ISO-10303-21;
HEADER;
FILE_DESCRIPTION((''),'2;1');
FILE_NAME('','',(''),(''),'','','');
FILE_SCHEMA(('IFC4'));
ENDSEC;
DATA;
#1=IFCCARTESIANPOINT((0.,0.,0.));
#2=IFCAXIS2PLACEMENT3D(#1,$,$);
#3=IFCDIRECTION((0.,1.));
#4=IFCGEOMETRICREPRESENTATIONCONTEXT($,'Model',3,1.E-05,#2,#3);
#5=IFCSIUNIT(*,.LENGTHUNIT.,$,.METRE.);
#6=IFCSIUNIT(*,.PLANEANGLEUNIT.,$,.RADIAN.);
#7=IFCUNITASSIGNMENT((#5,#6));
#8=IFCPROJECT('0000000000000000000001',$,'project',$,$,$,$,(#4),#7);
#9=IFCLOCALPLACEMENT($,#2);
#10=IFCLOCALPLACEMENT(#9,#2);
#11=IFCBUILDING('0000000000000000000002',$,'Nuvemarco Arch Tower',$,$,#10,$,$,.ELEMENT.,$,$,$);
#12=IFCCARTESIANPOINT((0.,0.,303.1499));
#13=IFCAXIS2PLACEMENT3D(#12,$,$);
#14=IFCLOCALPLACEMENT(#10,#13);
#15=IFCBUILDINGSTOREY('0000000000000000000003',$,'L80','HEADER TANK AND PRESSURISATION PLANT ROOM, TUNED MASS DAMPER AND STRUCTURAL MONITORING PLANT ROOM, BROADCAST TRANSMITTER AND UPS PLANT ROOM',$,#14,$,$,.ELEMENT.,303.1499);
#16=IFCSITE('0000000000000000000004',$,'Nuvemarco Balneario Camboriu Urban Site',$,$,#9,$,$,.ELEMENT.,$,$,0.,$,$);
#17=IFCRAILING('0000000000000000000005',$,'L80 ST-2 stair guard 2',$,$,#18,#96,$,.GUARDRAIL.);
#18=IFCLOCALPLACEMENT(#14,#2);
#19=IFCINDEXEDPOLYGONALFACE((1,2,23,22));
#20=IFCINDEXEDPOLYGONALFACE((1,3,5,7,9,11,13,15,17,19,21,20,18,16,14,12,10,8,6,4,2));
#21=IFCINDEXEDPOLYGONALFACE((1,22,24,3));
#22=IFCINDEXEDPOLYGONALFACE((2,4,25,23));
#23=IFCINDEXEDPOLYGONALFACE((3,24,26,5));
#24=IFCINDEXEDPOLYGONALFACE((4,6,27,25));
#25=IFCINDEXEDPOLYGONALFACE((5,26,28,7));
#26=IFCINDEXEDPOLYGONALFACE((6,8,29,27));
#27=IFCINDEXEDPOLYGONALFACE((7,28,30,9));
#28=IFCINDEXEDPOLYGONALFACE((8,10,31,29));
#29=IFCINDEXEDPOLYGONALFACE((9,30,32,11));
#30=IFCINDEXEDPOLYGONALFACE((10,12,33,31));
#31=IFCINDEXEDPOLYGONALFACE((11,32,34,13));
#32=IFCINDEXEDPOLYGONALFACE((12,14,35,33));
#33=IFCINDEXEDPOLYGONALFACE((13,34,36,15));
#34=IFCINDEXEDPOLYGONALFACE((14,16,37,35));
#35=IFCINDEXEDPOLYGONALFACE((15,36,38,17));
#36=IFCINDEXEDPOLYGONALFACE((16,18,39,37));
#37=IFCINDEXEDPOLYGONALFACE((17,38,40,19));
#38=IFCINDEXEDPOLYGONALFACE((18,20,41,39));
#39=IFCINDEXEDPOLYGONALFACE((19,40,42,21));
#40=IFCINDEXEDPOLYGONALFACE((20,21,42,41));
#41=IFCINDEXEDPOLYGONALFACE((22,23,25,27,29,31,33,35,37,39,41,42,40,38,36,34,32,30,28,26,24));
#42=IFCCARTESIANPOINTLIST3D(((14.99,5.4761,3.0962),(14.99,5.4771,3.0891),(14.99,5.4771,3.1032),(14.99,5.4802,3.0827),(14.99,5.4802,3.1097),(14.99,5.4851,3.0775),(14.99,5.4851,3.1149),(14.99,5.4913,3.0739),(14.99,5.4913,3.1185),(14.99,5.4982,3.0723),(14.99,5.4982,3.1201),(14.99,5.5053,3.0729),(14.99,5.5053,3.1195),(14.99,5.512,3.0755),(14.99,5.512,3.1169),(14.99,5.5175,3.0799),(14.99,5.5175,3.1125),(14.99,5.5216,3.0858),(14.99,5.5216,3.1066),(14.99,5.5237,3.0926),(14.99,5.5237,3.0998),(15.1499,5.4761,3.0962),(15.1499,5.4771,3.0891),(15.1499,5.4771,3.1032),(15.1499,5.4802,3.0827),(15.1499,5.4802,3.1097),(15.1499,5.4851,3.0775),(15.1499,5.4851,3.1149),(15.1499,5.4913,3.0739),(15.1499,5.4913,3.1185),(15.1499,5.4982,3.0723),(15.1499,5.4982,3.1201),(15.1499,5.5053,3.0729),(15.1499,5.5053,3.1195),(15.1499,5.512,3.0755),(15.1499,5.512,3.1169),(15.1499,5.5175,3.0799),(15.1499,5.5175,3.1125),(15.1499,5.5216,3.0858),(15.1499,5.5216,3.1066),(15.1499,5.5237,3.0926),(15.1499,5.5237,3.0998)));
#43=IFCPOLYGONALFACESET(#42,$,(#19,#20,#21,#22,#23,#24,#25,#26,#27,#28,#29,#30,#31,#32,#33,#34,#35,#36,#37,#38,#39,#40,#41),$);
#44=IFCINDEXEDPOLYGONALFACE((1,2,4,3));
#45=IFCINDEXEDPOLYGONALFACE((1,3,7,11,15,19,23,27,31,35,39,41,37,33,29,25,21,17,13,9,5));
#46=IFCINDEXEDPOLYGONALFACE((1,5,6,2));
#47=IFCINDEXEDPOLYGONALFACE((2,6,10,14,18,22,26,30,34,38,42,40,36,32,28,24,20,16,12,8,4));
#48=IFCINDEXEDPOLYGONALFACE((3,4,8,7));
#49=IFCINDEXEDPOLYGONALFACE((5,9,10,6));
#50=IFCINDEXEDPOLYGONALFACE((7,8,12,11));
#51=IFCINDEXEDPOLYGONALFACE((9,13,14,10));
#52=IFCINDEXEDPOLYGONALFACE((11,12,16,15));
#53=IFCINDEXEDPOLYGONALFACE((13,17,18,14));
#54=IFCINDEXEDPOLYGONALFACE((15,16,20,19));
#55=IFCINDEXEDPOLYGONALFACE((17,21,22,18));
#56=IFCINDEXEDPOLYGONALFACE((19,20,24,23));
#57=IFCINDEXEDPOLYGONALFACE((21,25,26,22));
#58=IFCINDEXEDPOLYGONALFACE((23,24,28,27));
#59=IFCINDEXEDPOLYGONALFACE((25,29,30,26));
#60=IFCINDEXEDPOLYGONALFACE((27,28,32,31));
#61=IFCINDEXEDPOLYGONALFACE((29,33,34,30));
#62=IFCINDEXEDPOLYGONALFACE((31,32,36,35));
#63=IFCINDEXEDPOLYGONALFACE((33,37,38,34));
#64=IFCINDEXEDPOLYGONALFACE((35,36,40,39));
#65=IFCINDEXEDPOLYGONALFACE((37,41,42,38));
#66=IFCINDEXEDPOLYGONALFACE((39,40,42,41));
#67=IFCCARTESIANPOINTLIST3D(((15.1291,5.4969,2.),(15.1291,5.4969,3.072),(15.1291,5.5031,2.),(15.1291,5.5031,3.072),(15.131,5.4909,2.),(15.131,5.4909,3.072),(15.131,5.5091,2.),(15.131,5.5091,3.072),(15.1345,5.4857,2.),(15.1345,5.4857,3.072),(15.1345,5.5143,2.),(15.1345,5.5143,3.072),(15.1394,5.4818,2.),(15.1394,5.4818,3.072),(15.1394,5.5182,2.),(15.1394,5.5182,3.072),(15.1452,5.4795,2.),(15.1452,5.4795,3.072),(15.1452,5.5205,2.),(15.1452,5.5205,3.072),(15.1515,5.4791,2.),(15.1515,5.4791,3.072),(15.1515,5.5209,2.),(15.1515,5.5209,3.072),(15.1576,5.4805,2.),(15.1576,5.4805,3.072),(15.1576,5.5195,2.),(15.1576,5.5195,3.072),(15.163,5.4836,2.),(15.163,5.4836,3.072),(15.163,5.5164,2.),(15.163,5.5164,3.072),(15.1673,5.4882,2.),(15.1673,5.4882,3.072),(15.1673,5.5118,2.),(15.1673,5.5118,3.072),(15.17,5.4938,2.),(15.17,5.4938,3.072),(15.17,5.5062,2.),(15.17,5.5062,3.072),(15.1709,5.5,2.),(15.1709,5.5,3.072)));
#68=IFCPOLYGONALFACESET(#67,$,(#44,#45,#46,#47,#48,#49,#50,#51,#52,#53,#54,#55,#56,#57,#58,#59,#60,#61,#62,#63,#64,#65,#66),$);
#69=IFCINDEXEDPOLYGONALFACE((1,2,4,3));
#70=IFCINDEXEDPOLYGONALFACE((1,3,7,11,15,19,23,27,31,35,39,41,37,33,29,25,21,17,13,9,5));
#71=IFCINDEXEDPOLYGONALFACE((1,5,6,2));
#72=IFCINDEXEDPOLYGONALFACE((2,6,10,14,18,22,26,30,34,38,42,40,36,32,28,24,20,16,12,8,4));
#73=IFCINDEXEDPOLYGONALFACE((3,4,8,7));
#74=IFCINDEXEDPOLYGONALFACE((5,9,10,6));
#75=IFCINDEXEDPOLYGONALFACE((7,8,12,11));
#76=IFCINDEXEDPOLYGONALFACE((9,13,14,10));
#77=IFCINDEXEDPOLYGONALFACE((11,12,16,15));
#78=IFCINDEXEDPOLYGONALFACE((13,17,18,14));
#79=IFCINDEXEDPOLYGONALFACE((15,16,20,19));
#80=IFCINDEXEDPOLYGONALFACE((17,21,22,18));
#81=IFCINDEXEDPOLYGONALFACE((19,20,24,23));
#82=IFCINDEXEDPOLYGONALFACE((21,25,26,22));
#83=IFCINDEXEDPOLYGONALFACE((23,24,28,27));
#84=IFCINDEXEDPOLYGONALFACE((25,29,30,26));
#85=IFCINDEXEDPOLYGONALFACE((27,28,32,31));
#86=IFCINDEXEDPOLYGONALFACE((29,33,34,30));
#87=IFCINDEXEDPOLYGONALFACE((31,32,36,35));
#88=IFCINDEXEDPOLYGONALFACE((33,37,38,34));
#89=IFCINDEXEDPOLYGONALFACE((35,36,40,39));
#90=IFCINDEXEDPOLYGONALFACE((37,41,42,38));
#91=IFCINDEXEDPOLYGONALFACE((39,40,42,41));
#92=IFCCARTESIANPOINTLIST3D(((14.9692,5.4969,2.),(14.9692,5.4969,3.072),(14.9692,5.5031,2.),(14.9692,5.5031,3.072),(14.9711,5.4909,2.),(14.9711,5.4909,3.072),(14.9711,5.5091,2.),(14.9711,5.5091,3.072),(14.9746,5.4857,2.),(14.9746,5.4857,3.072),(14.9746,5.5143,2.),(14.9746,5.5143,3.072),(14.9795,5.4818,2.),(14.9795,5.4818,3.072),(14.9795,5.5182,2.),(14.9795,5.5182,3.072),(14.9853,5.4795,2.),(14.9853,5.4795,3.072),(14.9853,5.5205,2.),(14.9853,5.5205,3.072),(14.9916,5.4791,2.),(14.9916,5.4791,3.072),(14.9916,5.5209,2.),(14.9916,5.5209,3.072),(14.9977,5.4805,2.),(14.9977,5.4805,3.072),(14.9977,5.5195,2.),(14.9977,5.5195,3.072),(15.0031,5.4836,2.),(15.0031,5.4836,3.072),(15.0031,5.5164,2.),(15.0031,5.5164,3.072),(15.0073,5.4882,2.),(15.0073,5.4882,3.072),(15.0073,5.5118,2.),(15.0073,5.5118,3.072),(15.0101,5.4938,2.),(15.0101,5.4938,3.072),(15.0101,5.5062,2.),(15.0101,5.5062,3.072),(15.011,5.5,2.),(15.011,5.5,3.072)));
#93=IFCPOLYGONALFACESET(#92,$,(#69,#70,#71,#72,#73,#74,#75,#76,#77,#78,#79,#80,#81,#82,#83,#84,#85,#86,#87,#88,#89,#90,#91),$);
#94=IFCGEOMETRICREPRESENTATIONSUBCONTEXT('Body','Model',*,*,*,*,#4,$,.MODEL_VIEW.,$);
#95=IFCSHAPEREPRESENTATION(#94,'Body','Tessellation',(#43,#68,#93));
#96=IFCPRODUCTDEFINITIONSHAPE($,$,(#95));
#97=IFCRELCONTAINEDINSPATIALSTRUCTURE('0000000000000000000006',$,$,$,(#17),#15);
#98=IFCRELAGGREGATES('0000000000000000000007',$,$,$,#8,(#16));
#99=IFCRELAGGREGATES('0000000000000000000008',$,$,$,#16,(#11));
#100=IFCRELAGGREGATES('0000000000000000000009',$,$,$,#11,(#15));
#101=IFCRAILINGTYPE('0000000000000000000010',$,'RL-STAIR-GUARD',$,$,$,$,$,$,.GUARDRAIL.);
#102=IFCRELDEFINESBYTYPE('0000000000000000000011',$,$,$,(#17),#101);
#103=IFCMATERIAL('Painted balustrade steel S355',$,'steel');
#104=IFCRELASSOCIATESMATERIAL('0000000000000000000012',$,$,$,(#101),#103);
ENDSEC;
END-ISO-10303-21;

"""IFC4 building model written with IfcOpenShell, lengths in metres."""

from ifc_helpers import new_model, si_unit, direction, frame, origin, origin_2d, place, context, subcontext, project, spatial, circle, extrude, material, type_object, element, save


model = new_model("IFC4")

# Units and contexts
model_context = context("Model", 3, precision=1e-05, world=origin(), true_north=direction((0.0, 1.0)))
body_context = subcontext(model_context, "Body", "Model", "MODEL_VIEW")
ifc_project = project(units=[si_unit("LENGTHUNIT", "METRE"), si_unit("PLANEANGLEUNIT", "RADIAN")], contexts=[model_context])

# Site, building, storey
site_placement = place(None, origin())
site = spatial("IfcSite", under=ifc_project, at=site_placement, Name="Nuvemarco Balneario Camboriu Urban Site", CompositionType="ELEMENT", RefElevation=0.0)
building_placement = place(site_placement, origin())
building = spatial("IfcBuilding", under=site, at=building_placement, Name="Nuvemarco Arch Tower", CompositionType="ELEMENT")
storey_placement = place(building_placement, frame((0.0, 0.0, 303.1499)))
storey = spatial("IfcBuildingStorey", under=building, at=storey_placement, Name="L80", Description="HEADER TANK AND PRESSURISATION PLANT ROOM, TUNED MASS DAMPER AND STRUCTURAL MONITORING PLANT ROOM, BROADCAST TRANSMITTER AND UPS PLANT ROOM", CompositionType="ELEMENT", Elevation=303.1499)

# Railing
ifc_material_1 = material(Name="Painted balustrade steel S355", Category="steel")
railing_type_1 = type_object("IfcRailingType", Name="RL-STAIR-GUARD", PredefinedType="GUARDRAIL", material=ifc_material_1)
railing_1_placement = place(storey_placement, frame((15.1499, 5.5, 2.0)))
element("IfcRailing", 1, at=railing_1_placement, inside=storey, type_object=railing_type_1, Name="L80 ST-2 stair guard 2", PredefinedType="GUARDRAIL", context=body_context, shape_type="SweptSolid", body=[
    extrude(circle(Radius=0.0239, at=origin_2d()), frame((0.0, 0.0, 1.0962), z_axis=(-1.0, 0.0, 0.0), x_axis=(0.0, -1.0, 0.0)), (0.0, 0.0, 1.0), 0.1599),
    extrude(circle(Radius=0.021, at=origin_2d()), origin(), (0.0, 0.0, 1.0), 1.072),
    extrude(circle(Radius=0.021, at=origin_2d()), frame((-0.1599, 0.0, 0.0)), (0.0, 0.0, 1.0), 1.072),
])

save(model, "model.ifc")
